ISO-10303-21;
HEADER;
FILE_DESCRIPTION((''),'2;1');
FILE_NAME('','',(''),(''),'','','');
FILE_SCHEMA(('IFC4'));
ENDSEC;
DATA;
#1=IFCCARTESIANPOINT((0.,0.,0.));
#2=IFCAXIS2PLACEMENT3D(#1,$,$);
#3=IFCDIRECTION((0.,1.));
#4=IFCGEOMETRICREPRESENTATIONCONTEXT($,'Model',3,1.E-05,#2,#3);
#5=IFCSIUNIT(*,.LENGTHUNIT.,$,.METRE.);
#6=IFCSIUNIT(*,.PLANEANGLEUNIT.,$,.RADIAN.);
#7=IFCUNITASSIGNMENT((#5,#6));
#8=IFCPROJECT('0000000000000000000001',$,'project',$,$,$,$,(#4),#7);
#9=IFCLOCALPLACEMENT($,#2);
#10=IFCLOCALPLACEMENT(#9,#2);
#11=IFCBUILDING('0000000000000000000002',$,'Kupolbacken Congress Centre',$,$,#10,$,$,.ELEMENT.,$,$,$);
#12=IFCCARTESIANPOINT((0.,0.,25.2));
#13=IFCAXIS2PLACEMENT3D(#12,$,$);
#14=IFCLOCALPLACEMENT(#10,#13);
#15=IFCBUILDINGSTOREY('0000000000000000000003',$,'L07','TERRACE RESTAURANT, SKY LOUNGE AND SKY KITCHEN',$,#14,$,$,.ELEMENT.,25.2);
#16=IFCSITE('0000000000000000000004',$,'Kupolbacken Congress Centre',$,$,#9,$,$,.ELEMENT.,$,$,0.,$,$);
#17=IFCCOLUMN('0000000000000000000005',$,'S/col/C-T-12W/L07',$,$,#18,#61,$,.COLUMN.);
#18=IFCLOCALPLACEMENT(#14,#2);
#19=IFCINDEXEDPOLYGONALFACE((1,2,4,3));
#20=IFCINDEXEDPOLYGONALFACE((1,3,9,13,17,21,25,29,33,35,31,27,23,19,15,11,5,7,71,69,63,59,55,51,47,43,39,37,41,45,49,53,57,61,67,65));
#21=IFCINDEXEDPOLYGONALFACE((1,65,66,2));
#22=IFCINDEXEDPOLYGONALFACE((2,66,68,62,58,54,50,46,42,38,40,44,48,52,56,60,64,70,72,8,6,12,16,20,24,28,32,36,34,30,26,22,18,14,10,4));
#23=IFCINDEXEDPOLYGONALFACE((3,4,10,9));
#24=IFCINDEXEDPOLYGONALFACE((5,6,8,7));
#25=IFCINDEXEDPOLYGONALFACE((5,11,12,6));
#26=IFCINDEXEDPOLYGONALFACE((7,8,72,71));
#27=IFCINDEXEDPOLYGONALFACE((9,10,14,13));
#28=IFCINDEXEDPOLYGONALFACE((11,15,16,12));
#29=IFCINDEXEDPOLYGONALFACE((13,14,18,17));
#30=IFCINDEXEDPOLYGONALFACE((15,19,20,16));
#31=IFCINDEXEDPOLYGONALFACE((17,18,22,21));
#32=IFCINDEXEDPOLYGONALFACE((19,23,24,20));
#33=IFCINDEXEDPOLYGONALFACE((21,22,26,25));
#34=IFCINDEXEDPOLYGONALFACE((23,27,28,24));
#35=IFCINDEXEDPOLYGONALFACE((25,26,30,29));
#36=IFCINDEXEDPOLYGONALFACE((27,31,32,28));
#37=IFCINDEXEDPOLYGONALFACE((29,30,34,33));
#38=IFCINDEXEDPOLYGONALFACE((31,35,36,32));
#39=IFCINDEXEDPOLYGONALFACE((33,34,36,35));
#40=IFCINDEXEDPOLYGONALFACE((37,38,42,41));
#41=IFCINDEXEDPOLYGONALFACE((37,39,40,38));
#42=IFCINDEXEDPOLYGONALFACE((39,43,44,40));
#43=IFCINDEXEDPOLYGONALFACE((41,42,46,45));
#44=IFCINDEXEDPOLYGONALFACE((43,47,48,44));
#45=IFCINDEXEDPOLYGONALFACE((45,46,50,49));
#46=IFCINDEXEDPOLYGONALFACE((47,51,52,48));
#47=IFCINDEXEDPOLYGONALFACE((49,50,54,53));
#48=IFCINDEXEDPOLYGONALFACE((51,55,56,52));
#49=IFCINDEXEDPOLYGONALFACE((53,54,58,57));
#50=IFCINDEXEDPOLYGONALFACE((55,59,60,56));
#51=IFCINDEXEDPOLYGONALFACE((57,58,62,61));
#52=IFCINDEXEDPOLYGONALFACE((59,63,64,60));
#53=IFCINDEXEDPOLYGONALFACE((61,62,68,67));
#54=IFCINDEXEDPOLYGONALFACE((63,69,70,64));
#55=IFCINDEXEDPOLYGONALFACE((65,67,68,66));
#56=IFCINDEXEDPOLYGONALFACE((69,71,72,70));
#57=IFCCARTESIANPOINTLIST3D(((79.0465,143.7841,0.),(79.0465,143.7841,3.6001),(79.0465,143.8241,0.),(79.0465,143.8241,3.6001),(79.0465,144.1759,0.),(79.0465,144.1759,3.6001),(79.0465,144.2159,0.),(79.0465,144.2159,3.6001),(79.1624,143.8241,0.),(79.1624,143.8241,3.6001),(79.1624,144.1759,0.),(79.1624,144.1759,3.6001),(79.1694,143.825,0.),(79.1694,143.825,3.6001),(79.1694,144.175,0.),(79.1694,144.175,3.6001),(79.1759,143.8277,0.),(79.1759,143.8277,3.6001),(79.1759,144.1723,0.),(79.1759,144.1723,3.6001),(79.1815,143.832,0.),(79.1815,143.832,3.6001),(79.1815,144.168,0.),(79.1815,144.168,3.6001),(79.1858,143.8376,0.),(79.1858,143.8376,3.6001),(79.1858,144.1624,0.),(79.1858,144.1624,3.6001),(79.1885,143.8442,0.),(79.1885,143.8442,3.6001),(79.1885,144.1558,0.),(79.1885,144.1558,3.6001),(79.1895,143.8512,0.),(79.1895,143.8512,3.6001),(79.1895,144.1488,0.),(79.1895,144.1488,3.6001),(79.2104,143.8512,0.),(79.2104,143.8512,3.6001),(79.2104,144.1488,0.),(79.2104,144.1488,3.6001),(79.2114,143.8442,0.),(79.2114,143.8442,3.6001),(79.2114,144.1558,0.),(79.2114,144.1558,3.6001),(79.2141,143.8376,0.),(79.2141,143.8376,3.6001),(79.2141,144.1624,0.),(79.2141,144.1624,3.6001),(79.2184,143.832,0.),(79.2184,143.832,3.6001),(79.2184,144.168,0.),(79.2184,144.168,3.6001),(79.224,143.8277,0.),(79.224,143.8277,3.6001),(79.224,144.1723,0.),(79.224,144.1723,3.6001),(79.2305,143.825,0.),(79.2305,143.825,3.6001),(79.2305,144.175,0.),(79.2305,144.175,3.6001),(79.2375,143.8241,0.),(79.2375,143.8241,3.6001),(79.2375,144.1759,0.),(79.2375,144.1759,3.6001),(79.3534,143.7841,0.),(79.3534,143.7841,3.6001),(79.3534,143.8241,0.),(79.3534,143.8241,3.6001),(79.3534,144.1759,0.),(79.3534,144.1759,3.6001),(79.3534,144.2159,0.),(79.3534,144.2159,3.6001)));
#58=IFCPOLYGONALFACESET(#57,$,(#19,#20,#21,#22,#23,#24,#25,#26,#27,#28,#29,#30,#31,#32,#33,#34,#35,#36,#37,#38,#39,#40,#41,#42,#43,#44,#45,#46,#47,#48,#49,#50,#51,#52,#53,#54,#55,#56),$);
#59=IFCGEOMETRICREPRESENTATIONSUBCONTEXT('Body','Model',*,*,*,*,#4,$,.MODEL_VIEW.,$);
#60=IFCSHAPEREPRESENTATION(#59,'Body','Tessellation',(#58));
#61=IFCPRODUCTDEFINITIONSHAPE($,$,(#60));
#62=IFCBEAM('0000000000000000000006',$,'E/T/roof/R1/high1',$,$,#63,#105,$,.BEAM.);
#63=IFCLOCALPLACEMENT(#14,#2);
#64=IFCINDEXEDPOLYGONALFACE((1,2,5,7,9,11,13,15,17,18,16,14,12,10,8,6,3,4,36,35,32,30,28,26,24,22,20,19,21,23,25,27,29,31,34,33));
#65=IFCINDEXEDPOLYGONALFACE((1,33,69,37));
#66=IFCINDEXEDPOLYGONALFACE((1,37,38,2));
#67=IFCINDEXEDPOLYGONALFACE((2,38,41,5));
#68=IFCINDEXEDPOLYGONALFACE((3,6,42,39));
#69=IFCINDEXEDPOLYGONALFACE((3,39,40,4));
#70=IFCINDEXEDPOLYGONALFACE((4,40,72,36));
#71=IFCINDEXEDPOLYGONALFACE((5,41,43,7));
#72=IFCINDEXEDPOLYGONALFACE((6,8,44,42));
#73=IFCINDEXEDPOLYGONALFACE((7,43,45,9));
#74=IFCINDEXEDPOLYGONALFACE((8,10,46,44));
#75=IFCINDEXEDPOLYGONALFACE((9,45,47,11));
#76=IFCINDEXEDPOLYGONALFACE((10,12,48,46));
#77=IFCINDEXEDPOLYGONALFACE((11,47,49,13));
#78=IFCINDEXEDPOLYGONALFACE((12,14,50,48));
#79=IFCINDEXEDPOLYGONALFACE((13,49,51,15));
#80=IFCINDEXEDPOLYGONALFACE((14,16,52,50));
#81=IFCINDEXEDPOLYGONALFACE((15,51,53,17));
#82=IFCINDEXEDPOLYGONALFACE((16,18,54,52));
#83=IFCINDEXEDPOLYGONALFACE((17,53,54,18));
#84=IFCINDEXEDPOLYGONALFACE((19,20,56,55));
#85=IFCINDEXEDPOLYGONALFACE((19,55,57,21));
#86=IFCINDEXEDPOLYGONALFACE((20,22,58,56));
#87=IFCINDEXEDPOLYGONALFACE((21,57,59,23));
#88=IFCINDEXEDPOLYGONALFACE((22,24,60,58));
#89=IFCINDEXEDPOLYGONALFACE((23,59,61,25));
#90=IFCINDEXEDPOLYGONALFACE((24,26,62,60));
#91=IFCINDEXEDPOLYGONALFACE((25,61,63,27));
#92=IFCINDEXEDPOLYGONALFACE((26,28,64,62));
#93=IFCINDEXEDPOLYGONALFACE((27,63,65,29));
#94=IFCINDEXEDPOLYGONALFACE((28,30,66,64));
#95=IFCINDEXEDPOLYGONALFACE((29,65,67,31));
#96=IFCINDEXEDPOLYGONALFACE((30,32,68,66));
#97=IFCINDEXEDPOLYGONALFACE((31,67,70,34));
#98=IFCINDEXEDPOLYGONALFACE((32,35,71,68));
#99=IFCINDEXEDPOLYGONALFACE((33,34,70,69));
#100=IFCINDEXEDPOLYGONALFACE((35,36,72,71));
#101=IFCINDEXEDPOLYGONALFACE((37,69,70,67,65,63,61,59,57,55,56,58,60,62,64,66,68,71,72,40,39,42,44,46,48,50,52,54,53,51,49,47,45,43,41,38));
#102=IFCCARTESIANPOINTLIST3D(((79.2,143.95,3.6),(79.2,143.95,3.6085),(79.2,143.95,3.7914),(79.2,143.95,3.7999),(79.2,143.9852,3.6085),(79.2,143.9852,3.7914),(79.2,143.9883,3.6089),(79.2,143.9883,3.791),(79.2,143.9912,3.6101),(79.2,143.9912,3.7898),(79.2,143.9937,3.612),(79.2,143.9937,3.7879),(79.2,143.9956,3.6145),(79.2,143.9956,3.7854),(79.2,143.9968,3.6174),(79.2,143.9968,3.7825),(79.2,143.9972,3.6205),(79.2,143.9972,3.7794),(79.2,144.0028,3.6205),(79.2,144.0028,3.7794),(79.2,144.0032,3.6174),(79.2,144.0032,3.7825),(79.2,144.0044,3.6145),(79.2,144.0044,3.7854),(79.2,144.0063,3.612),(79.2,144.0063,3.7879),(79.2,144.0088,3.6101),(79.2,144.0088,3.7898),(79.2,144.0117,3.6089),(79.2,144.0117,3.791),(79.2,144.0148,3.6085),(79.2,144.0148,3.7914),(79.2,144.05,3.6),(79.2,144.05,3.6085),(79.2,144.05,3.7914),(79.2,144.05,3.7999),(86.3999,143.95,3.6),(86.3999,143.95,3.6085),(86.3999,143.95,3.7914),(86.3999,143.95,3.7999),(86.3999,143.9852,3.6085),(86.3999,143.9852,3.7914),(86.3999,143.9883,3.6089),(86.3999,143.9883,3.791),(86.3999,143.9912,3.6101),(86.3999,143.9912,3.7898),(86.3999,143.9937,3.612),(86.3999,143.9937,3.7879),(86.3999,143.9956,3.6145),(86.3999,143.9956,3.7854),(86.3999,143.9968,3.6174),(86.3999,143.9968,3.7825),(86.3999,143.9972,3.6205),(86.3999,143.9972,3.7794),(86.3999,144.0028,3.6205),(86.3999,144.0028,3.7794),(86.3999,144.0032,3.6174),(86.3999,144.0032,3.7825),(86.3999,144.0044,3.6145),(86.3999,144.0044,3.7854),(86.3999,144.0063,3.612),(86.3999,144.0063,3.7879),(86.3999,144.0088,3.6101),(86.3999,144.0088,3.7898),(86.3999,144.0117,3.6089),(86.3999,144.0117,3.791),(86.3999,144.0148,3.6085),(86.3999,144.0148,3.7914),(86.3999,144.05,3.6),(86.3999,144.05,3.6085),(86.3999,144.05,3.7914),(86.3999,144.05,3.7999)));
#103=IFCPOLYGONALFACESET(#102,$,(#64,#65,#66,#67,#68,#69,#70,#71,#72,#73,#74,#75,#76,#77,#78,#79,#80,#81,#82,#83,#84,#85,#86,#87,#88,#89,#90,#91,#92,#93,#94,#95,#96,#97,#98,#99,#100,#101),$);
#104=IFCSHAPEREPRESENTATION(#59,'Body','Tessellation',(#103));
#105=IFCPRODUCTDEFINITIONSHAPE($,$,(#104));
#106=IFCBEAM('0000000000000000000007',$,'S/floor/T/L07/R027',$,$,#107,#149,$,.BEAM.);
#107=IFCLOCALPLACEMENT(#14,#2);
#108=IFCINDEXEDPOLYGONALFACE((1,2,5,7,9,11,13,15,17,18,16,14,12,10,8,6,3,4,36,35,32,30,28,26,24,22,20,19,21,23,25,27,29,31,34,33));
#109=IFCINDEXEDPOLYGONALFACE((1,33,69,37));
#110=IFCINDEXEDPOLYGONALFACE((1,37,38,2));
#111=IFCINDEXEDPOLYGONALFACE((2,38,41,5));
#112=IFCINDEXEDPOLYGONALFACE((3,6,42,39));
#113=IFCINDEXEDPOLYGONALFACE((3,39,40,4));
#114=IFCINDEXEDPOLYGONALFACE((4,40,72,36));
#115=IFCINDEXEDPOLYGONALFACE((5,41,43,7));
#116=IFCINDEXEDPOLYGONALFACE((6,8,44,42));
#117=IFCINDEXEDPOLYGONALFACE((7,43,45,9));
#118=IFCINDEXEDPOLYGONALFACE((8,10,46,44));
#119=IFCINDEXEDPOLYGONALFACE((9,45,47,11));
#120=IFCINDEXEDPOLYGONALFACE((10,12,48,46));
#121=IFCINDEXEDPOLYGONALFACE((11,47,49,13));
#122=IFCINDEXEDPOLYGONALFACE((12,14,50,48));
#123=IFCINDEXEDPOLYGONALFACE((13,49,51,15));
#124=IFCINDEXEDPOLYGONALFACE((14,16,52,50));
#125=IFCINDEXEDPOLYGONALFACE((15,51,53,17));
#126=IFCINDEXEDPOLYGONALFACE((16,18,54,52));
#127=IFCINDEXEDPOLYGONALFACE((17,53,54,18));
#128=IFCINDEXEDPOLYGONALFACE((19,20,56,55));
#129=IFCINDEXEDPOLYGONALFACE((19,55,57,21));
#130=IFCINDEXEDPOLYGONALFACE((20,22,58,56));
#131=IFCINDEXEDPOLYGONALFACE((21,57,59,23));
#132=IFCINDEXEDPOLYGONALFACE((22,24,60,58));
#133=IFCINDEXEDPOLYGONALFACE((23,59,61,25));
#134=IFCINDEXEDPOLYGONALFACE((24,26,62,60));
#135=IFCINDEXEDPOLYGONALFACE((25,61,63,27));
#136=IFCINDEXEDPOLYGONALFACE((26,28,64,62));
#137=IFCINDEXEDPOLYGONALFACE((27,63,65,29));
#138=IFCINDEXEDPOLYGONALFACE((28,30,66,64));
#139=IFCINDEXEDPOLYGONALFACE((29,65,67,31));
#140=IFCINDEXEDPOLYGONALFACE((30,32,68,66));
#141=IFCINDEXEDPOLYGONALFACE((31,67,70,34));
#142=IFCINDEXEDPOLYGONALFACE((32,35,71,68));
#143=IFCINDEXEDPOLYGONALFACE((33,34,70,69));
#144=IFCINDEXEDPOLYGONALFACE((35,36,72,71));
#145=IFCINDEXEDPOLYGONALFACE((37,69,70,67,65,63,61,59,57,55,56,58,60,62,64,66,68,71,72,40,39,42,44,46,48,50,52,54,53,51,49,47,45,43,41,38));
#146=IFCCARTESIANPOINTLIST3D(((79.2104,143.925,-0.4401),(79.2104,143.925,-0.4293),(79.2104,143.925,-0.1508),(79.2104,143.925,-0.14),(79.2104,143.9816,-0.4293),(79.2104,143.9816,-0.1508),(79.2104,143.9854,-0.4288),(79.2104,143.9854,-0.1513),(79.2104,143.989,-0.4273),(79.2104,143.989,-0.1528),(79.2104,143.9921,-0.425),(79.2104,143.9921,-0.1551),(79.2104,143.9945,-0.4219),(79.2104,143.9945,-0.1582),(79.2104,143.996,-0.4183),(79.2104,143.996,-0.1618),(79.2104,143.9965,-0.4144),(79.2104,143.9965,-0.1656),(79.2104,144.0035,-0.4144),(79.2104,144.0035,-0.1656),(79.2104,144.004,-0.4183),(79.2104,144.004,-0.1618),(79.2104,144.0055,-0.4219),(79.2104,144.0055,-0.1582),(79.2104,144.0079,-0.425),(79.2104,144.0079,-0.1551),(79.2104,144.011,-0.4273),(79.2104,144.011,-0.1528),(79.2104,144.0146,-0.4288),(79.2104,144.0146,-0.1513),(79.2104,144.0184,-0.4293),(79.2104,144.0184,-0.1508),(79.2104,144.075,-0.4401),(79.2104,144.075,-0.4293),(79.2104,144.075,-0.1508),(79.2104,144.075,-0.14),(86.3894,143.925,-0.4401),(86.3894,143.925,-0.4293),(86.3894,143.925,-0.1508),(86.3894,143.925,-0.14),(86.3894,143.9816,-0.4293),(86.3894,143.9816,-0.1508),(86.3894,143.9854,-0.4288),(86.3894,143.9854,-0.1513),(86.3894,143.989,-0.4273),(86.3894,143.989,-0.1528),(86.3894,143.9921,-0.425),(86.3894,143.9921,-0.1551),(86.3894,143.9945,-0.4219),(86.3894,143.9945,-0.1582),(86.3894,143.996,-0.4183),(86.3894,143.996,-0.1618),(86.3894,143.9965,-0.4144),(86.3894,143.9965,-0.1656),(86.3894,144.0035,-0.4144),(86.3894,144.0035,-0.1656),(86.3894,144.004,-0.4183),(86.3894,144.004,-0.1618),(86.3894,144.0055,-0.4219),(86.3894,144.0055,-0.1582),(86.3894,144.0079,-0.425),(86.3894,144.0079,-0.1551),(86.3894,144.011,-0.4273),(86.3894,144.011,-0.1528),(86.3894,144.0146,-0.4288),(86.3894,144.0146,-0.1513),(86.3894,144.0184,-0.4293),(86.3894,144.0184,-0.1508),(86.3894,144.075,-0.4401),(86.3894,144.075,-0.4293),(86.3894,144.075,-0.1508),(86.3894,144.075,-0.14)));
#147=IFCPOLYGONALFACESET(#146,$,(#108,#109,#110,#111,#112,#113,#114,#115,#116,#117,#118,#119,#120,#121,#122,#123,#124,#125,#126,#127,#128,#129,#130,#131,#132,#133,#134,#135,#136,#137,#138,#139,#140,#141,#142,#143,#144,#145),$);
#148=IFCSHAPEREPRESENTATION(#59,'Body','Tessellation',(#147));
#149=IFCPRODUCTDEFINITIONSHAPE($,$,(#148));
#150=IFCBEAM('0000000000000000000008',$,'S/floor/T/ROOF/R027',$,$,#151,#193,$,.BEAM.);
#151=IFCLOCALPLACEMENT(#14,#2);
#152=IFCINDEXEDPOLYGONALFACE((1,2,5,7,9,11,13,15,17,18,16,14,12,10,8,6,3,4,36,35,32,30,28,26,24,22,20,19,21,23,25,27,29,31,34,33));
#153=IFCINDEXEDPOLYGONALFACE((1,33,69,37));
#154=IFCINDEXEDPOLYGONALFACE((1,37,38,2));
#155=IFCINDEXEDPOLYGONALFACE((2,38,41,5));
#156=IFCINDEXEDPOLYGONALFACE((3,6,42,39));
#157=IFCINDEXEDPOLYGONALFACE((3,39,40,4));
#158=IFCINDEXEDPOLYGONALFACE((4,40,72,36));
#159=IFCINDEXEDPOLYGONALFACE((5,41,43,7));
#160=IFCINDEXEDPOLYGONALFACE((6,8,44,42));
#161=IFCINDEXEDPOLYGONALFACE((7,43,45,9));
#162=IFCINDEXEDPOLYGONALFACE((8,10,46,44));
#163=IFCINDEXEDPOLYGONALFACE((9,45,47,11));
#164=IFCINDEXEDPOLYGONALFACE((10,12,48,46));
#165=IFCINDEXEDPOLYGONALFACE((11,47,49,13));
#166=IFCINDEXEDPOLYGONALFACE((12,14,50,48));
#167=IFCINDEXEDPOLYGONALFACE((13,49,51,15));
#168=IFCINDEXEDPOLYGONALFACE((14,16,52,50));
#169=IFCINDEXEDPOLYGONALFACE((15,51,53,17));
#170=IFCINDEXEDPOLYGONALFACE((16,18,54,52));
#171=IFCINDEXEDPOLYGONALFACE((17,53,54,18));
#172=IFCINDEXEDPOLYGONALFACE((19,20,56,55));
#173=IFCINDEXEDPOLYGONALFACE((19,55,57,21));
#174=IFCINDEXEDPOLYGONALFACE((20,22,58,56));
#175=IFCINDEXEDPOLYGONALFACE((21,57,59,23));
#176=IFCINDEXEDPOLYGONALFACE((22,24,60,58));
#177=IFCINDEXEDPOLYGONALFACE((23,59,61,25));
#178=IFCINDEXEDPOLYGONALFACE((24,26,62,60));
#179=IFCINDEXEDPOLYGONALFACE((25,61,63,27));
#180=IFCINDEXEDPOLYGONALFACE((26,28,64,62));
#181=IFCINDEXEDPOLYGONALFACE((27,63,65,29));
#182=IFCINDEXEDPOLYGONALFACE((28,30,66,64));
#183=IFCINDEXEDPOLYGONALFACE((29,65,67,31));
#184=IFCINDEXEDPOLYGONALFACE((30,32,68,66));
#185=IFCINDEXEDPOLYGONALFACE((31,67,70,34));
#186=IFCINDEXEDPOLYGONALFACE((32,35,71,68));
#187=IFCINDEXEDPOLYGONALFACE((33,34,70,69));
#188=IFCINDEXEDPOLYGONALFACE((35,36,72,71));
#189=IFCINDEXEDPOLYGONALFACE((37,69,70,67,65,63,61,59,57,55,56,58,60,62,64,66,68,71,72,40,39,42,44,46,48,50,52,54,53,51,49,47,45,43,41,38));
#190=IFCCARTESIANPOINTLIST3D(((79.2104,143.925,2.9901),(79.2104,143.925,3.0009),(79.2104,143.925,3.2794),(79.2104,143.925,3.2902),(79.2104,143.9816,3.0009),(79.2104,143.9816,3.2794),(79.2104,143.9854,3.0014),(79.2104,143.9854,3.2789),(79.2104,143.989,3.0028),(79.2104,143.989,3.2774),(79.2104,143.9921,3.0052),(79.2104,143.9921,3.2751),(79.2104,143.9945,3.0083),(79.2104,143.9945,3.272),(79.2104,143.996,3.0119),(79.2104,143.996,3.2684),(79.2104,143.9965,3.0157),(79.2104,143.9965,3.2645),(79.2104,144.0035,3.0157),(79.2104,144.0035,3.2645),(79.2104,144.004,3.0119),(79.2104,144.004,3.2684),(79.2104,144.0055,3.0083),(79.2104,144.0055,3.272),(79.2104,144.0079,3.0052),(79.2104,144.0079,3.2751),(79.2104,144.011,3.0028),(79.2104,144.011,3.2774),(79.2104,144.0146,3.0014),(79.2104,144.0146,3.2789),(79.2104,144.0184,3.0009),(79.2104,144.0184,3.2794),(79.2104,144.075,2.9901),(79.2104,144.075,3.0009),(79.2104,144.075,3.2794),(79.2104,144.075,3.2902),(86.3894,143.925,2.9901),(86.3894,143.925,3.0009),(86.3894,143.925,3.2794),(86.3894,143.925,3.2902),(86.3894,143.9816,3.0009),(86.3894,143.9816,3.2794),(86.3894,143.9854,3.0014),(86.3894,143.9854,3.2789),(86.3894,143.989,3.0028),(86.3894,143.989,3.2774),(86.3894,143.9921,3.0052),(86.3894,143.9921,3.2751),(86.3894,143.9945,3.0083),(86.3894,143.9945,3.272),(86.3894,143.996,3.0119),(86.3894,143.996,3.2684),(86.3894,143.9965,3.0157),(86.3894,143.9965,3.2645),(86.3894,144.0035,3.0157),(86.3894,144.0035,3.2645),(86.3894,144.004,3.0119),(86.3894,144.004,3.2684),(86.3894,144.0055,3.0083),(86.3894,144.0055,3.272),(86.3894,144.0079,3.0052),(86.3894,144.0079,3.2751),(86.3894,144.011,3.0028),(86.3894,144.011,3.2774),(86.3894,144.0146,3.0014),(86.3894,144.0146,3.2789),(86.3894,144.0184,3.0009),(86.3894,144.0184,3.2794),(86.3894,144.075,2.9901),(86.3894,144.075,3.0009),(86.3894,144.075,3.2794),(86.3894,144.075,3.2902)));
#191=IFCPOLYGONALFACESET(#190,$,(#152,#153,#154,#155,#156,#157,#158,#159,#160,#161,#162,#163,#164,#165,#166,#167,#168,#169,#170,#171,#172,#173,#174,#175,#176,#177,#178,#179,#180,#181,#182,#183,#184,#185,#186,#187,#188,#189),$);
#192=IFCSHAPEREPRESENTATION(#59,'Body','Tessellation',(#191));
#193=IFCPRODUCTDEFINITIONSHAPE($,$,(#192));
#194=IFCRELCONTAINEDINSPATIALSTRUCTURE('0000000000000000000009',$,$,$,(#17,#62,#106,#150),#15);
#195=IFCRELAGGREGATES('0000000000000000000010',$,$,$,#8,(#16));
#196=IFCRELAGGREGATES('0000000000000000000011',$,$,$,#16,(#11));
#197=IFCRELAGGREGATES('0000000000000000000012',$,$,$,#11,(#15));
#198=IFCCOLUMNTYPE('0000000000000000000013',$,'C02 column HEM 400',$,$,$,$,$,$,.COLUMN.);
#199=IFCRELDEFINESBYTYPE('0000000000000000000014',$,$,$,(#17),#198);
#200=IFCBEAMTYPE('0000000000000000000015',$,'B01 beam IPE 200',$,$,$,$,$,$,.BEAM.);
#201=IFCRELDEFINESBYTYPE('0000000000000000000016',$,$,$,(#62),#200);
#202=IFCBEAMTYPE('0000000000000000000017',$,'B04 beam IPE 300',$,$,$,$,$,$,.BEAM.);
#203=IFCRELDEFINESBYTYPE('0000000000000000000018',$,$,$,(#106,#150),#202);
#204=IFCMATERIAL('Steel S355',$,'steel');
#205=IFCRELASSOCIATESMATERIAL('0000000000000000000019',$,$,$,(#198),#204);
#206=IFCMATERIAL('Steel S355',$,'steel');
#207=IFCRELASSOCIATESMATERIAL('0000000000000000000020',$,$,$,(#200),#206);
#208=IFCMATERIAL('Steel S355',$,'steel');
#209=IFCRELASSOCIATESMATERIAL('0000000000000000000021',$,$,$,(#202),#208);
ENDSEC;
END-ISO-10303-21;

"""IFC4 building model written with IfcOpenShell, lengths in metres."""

from ifc_helpers import new_model, si_unit, direction, frame, origin, origin_2d, place, context, subcontext, project, spatial, i_section, extrude, material, material_profile, profile_set, type_object, element, save


model = new_model("IFC4")

# Units and contexts
model_context = context("Model", 3, precision=1e-05, world=origin(), true_north=direction((0.0, 1.0)))
body_context = subcontext(model_context, "Body", "Model", "MODEL_VIEW")
ifc_project = project(units=[si_unit("LENGTHUNIT", "METRE"), si_unit("PLANEANGLEUNIT", "RADIAN")], contexts=[model_context])

# Site, building, storey
site_placement = place(None, origin())
site = spatial("IfcSite", under=ifc_project, at=site_placement, Name="Kupolbacken Congress Centre", CompositionType="ELEMENT", RefElevation=0.0)
building_placement = place(site_placement, origin())
building = spatial("IfcBuilding", under=site, at=building_placement, Name="Kupolbacken Congress Centre", CompositionType="ELEMENT")
storey_placement = place(building_placement, frame((0.0, 0.0, 25.2)))
storey = spatial("IfcBuildingStorey", under=building, at=storey_placement, Name="L07", Description="TERRACE RESTAURANT, SKY LOUNGE AND SKY KITCHEN", CompositionType="ELEMENT", Elevation=25.2)

# Column
ifc_material_1 = material(Name="Steel S355", Category="steel")
ifc_material_profile_1 = material_profile(ifc_material_1, i_section(OverallWidth=0.3069, OverallDepth=0.4319, WebThickness=0.021, FlangeThickness=0.04, FilletRadius=0.0271, at=origin_2d()), Name="HEM 400")
ifc_profile_set_1 = profile_set([ifc_material_profile_1], Name="Steel S355")
column_type = type_object("IfcColumnType", Name="C02 column HEM 400", PredefinedType="COLUMN", material=ifc_profile_set_1)
column_placement = place(storey_placement, frame((79.2, 144.0, 0.0), z_axis=(0.0, 0.0, 1.0), x_axis=(1.0, 0.0, 0.0)))
element("IfcColumn", 1, at=column_placement, inside=storey, type_object=column_type, Name="S/col/C-T-12W/L07", PredefinedType="COLUMN", context=body_context, shape_type="SweptSolid", body=[
    extrude(i_section(OverallWidth=0.3069, OverallDepth=0.4319, WebThickness=0.021, FlangeThickness=0.04, FilletRadius=0.0271, at=origin_2d()), origin(), (0.0, 0.0, 1.0), 3.6001),
])

# Beams
ifc_material_2 = material(Name="Steel S355", Category="steel")
ifc_material_profile_2 = material_profile(ifc_material_2, i_section(OverallWidth=0.1001, OverallDepth=0.2, WebThickness=0.0056, FlangeThickness=0.0085, FilletRadius=0.012, at=origin_2d()), Name="IPE 200")
ifc_profile_set_2 = profile_set([ifc_material_profile_2], Name="Steel S355")
beam_type_1 = type_object("IfcBeamType", Name="B01 beam IPE 200", PredefinedType="BEAM", material=ifc_profile_set_2)
beam_placement = place(storey_placement, frame((79.2, 144.0, 3.7), z_axis=(1.0, 0.0, 0.0), x_axis=(0.0, 1.0, 0.0)))
element("IfcBeam", 2, at=beam_placement, inside=storey, type_object=beam_type_1, Name="E/T/roof/R1/high1", PredefinedType="BEAM", context=body_context, shape_type="SweptSolid", body=[
    extrude(i_section(OverallWidth=0.1001, OverallDepth=0.2, WebThickness=0.0056, FlangeThickness=0.0085, FilletRadius=0.012, at=origin_2d()), origin(), (0.0, 0.0, 1.0), 7.2),
])
ifc_material_3 = material(Name="Steel S355", Category="steel")
ifc_material_profile_3 = material_profile(ifc_material_3, i_section(OverallWidth=0.1499, OverallDepth=0.3, WebThickness=0.0071, FlangeThickness=0.0107, FilletRadius=0.0149, at=origin_2d()), Name="IPE 300")
ifc_profile_set_3 = profile_set([ifc_material_profile_3], Name="Steel S355")
beam_type_2 = type_object("IfcBeamType", Name="B04 beam IPE 300", PredefinedType="BEAM", material=ifc_profile_set_3)
for number, where, z_axis, x_axis, name in (
    (3, (79.2104, 144.0, -0.29), (1.0, 0.0, 0.0), (0.0, 1.0, 0.0), "S/floor/T/L07/R027"),
    (4, (79.2104, 144.0, 3.1401), (1.0, 0.0, 0.0), (0.0, 1.0, 0.0), "S/floor/T/ROOF/R027"),
):
    element("IfcBeam", number, at=place(storey_placement, frame(where, z_axis=z_axis, x_axis=x_axis)), inside=storey, type_object=beam_type_2, Name=name, PredefinedType="BEAM", context=body_context, shape_type="SweptSolid", body=[
        extrude(i_section(OverallWidth=0.1499, OverallDepth=0.3, WebThickness=0.0071, FlangeThickness=0.0107, FilletRadius=0.0149, at=origin_2d()), origin(), (0.0, 0.0, 1.0), 7.179),
    ])

save(model, "model.ifc")
